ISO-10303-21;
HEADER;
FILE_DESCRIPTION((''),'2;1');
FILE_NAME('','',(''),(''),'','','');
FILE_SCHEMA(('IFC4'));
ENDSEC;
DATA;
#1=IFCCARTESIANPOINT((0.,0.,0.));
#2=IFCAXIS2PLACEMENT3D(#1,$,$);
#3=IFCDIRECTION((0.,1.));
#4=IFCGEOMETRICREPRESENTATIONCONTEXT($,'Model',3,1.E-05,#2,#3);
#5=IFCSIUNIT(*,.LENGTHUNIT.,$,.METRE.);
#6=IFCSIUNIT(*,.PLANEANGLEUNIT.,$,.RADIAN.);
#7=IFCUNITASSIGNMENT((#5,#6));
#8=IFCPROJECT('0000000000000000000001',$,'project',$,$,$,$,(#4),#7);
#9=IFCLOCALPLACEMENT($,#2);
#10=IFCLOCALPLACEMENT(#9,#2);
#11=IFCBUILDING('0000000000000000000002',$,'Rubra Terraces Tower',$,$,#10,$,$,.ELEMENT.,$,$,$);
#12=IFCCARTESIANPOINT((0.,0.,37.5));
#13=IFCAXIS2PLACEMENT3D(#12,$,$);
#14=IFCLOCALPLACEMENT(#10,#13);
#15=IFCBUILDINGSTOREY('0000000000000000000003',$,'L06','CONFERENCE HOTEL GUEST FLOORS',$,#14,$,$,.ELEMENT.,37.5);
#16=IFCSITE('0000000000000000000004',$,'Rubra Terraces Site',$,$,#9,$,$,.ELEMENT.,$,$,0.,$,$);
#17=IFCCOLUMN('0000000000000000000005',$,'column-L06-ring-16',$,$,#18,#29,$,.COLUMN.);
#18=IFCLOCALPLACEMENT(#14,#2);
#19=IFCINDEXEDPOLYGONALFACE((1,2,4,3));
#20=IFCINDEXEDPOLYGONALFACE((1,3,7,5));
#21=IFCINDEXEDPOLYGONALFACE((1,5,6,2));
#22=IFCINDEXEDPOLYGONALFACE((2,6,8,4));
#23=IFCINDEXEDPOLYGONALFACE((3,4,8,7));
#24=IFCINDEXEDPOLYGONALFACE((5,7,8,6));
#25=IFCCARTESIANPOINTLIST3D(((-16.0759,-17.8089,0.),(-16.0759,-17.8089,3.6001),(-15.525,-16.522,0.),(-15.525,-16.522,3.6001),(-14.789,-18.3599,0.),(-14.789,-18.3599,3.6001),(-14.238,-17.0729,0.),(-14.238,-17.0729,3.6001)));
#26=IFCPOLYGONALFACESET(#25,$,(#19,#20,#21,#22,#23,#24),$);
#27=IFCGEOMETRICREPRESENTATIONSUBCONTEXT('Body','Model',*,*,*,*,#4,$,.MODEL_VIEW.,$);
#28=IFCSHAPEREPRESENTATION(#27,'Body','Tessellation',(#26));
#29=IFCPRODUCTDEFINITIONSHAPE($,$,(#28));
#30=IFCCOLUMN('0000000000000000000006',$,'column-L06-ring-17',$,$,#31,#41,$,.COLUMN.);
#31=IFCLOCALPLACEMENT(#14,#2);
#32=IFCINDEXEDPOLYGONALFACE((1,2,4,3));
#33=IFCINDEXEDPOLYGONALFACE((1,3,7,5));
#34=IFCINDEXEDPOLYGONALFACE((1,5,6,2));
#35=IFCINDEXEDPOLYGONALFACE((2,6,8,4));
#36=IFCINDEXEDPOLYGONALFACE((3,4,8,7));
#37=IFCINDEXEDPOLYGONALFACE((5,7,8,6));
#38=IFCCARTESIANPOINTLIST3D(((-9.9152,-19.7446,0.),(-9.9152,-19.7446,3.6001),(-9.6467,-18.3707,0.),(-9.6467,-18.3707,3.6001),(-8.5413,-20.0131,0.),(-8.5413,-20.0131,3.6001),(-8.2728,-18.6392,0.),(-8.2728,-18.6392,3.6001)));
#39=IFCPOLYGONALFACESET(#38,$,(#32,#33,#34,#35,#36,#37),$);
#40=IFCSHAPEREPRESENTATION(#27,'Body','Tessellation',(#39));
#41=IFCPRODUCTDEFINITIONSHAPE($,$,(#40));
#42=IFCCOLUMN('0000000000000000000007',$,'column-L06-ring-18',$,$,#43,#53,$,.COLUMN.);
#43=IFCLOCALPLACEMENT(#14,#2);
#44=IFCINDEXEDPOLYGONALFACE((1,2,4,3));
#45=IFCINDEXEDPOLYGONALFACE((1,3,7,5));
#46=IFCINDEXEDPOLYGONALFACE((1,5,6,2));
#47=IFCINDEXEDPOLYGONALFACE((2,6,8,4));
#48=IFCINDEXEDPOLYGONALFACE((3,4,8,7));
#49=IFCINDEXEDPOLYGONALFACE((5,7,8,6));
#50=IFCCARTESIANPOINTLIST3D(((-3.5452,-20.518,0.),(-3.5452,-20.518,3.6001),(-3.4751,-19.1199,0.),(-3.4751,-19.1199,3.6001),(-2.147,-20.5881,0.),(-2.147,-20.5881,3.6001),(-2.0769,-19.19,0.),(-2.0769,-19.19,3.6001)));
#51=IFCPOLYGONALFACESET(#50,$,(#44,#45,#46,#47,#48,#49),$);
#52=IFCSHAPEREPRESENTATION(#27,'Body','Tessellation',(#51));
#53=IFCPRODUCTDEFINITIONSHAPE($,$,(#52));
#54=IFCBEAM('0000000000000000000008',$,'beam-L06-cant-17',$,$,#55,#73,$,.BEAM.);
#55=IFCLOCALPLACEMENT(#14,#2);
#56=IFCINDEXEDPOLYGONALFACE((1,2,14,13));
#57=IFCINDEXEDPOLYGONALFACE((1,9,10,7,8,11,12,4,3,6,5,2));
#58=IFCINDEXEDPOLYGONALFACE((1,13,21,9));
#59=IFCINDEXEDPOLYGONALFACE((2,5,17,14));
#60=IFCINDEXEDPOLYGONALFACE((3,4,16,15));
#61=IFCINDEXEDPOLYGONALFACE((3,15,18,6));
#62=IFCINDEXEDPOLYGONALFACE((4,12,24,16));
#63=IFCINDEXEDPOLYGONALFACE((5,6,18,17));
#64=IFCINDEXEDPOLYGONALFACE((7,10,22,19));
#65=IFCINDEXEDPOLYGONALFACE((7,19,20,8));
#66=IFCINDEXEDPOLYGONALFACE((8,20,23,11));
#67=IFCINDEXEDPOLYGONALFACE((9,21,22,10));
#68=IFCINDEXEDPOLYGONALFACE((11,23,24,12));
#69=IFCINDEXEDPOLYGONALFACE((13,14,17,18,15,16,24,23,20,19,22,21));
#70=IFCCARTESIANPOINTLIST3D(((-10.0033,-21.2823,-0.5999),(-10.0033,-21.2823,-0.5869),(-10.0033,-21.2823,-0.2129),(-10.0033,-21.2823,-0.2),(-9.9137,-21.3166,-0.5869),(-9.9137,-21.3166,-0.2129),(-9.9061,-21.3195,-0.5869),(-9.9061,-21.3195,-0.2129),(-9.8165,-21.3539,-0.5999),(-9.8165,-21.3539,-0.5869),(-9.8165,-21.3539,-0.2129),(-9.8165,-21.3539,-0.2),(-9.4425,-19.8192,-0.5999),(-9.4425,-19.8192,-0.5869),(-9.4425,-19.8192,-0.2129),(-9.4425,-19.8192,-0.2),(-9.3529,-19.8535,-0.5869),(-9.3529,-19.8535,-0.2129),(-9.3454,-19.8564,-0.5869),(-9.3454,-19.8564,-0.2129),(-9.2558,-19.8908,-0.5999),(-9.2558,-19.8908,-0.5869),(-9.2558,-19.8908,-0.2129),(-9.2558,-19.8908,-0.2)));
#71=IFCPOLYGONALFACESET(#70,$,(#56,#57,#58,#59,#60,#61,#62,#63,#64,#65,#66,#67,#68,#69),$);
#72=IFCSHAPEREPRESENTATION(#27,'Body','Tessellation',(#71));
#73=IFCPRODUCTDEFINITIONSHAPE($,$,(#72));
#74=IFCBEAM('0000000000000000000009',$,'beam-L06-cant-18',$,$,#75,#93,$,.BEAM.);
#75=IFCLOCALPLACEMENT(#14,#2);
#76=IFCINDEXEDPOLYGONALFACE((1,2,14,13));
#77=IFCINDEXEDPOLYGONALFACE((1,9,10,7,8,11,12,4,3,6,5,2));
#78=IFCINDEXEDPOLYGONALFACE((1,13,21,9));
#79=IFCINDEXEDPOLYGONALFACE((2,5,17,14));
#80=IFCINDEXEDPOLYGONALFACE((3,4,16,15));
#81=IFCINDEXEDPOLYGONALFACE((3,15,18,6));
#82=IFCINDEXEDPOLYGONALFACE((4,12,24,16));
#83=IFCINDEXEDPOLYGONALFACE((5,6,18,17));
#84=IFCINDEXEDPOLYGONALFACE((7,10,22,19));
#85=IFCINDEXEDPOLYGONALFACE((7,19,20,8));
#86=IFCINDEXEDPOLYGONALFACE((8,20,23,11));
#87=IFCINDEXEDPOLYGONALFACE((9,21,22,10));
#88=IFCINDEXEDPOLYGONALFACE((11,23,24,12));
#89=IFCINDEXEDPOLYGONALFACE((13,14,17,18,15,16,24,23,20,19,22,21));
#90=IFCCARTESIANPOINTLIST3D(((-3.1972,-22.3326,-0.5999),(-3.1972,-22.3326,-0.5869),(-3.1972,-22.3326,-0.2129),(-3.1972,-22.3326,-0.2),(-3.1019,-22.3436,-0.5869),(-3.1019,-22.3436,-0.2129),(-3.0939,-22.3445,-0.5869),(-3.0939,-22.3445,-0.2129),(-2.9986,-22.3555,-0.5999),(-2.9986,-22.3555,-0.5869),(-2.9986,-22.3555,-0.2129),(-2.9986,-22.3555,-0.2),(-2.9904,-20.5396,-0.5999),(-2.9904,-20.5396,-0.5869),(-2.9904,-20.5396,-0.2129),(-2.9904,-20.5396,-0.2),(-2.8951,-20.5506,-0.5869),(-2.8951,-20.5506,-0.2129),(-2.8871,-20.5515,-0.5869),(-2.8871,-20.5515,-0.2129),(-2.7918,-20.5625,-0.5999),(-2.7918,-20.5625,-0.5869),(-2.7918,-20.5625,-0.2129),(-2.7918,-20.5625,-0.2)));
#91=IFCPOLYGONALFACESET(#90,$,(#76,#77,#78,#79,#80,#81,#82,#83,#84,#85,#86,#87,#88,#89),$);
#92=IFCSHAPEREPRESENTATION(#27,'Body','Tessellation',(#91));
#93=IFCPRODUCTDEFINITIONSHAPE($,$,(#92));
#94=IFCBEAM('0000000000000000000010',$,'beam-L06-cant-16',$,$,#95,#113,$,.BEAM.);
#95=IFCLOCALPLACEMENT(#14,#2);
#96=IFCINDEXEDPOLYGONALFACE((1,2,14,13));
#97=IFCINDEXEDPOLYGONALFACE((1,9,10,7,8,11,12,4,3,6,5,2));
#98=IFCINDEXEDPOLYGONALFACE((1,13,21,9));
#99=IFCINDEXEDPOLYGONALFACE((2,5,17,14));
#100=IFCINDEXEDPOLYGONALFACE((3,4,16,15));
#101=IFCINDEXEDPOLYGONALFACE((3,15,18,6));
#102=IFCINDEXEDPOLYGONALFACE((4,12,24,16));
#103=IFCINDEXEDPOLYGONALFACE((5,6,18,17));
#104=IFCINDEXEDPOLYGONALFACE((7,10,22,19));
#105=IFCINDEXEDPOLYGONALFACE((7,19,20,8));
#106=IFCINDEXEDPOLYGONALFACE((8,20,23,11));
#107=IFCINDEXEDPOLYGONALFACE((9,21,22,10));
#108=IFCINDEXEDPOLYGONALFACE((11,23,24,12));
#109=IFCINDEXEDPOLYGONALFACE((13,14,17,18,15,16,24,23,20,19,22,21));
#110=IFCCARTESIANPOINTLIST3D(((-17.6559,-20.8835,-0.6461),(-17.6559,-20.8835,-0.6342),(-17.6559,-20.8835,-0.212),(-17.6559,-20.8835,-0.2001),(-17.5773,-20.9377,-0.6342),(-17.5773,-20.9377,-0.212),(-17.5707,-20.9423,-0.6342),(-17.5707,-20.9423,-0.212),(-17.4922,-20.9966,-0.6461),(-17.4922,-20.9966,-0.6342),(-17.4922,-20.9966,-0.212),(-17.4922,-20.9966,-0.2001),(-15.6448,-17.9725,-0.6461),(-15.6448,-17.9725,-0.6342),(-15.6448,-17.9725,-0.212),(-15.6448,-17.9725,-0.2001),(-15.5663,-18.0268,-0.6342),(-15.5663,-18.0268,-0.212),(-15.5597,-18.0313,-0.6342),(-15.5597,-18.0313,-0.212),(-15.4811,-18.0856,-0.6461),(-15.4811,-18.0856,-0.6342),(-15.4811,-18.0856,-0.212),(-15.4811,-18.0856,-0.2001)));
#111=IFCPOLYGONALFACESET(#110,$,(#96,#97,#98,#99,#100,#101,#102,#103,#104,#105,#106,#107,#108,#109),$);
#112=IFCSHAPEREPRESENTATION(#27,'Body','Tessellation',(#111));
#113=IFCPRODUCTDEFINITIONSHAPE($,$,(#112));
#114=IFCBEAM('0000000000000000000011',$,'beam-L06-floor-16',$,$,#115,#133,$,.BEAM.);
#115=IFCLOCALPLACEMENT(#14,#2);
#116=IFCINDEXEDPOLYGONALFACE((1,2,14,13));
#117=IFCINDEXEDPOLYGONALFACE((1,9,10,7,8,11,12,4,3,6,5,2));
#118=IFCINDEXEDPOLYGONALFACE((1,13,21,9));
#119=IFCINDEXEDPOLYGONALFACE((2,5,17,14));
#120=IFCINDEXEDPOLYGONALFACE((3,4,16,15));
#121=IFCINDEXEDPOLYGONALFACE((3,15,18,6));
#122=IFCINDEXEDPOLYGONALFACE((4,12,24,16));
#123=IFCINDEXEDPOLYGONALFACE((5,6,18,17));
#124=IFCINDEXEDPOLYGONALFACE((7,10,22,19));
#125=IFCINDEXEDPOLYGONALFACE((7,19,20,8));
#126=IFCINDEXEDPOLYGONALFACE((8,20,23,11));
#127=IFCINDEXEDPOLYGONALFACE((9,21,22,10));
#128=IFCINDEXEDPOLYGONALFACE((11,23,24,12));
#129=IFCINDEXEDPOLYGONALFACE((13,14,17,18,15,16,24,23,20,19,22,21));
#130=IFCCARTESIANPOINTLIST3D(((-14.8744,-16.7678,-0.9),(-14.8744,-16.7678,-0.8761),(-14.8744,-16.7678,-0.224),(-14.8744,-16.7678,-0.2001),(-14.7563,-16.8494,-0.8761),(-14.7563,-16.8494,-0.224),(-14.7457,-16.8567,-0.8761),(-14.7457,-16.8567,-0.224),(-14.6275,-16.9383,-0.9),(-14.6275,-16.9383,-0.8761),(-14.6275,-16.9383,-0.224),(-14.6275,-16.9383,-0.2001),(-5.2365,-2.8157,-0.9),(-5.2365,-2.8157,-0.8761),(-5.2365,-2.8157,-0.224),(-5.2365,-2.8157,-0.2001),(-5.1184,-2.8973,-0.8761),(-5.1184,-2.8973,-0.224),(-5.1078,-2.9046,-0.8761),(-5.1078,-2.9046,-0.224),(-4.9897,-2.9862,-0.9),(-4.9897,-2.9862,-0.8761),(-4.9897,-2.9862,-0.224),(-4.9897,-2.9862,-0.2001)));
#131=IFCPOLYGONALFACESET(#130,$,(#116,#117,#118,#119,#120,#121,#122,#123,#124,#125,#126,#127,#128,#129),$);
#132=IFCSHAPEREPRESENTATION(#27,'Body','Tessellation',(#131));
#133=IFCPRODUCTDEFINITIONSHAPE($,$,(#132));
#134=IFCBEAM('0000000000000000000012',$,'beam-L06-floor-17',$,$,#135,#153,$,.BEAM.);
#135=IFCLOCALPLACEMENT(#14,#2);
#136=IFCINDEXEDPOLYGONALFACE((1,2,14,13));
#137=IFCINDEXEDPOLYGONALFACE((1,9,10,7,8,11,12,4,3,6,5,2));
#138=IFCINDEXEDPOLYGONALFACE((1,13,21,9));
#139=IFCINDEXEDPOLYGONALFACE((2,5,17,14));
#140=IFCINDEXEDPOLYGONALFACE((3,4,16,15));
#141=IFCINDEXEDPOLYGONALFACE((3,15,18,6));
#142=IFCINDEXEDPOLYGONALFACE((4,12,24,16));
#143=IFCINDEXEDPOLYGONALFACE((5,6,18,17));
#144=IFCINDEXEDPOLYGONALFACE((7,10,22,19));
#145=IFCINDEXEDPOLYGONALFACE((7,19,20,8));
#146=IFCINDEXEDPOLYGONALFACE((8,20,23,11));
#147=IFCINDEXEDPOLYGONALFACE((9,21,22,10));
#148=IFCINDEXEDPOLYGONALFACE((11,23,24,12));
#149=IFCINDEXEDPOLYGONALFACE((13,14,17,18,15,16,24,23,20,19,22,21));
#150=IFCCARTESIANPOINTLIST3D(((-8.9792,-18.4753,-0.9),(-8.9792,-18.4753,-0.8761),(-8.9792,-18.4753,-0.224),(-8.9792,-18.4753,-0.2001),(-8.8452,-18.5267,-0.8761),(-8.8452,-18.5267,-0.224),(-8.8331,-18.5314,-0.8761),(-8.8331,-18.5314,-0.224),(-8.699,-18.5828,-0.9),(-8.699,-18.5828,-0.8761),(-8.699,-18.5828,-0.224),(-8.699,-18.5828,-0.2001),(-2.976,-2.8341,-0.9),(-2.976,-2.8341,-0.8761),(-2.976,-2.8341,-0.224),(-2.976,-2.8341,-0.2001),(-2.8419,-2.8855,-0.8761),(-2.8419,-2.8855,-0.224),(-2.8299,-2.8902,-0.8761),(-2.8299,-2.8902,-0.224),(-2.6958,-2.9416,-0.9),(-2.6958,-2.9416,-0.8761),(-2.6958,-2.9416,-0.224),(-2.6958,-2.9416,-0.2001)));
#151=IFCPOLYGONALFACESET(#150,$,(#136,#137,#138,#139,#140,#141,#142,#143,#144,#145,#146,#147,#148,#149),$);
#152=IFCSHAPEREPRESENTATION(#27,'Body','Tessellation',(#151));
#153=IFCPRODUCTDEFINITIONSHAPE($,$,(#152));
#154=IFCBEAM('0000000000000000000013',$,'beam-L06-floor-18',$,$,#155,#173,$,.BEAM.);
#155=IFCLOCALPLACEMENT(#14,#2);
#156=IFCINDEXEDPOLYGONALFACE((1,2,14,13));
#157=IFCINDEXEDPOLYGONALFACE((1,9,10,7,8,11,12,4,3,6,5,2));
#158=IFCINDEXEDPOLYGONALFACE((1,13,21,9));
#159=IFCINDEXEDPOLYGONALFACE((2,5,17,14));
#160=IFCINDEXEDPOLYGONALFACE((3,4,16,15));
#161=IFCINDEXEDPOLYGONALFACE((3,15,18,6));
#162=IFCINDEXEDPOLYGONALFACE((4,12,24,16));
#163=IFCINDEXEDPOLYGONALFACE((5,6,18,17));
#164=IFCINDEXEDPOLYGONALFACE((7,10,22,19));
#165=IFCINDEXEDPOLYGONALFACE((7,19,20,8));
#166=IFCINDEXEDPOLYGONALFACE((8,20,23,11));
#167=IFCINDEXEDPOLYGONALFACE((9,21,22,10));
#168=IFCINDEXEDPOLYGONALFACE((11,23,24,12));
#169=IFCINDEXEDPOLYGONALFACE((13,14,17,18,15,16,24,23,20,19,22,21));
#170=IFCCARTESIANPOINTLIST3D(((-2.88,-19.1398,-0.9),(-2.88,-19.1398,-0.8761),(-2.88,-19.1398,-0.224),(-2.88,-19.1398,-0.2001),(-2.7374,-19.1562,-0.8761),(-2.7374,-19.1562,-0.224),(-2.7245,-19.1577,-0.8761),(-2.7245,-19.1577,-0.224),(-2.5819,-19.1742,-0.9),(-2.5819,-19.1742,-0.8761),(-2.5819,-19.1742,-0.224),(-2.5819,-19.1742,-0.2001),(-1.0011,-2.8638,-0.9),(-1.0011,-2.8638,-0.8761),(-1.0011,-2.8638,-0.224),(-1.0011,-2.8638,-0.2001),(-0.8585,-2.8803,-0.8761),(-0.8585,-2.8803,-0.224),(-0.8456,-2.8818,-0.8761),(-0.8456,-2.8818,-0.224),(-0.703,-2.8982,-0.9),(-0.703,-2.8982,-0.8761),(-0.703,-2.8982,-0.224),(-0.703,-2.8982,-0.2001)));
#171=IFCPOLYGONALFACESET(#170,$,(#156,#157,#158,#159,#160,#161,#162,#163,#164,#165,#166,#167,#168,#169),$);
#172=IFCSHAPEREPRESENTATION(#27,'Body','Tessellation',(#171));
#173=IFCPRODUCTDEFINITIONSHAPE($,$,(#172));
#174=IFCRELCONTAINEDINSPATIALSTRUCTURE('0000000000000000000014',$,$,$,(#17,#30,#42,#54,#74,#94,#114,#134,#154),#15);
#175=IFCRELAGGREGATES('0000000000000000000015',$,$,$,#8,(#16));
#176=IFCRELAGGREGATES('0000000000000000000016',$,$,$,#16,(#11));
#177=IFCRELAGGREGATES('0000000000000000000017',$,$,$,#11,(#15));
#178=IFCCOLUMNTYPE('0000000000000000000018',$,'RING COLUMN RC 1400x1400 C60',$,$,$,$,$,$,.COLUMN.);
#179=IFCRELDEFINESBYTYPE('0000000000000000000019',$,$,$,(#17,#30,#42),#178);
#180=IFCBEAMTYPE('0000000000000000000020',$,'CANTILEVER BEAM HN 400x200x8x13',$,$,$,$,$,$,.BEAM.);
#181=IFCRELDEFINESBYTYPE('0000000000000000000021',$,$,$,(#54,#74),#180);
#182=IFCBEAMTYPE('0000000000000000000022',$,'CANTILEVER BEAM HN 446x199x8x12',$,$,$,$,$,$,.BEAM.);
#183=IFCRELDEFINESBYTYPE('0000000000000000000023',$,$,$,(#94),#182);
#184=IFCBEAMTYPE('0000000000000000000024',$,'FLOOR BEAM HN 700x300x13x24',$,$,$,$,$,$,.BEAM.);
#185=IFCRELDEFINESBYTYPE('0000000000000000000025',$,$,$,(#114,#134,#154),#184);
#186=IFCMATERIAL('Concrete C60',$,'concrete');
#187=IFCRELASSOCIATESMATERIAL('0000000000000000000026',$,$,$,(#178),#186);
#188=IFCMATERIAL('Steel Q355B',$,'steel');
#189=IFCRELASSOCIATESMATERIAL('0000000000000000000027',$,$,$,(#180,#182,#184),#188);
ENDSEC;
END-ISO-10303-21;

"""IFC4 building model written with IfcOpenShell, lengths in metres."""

from ifc_helpers import new_model, si_unit, direction, frame, origin, origin_2d, place, context, subcontext, project, spatial, rectangle, i_section, extrude, material, material_profile, profile_set, type_object, element, save


model = new_model("IFC4")

# Units and contexts
model_context = context("Model", 3, precision=1e-05, world=origin(), true_north=direction((0.0, 1.0)))
body_context = subcontext(model_context, "Body", "Model", "MODEL_VIEW")
ifc_project = project(units=[si_unit("LENGTHUNIT", "METRE"), si_unit("PLANEANGLEUNIT", "RADIAN")], contexts=[model_context])

# Site, building, storey
site_placement = place(None, origin())
site = spatial("IfcSite", under=ifc_project, at=site_placement, Name="Rubra Terraces Site", CompositionType="ELEMENT", RefElevation=0.0)
building_placement = place(site_placement, origin())
building = spatial("IfcBuilding", under=site, at=building_placement, Name="Rubra Terraces Tower", CompositionType="ELEMENT")
storey_placement = place(building_placement, frame((0.0, 0.0, 37.5)))
storey = spatial("IfcBuildingStorey", under=building, at=storey_placement, Name="L06", Description="CONFERENCE HOTEL GUEST FLOORS", CompositionType="ELEMENT", Elevation=37.5)

# Columns
ifc_material_1 = material(Name="Concrete C60", Category="concrete")
ifc_material_profile_1 = material_profile(ifc_material_1, rectangle(XDim=1.3999, YDim=1.3999, at=origin_2d()), Name="RC 1400x1400")
ifc_profile_set_1 = profile_set([ifc_material_profile_1], Name="Concrete C60")
column_type = type_object("IfcColumnType", Name="RING COLUMN RC 1400x1400 C60", PredefinedType="COLUMN", material=ifc_profile_set_1)
for number, where, z_axis, x_axis, name in (
    (1, (-15.157, -17.4409, 0.0), (0.0, 0.0, 1.0), (0.919294, -0.393572, 0.0), "column-L06-ring-16"),
    (2, (-9.094, -19.1919, 0.0), (0.0, 0.0, 1.0), (0.98143, -0.191819, 0.0), "column-L06-ring-17"),
    (3, (-2.811, -19.854, 0.0), (0.0, 0.0, 1.0), (0.998745, -0.050084, 0.0), "column-L06-ring-18"),
):
    element("IfcColumn", number, at=place(storey_placement, frame(where, z_axis=z_axis, x_axis=x_axis)), inside=storey, type_object=column_type, Name=name, PredefinedType="COLUMN", context=body_context, shape_type="SweptSolid", body=[
        extrude(rectangle(XDim=1.3999, YDim=1.3999, at=origin_2d()), origin(), (0.0, 0.0, 1.0), 3.6001),
    ])

# Beams
ifc_material_2 = material(Name="Steel Q355B", Category="steel")
ifc_material_profile_2 = material_profile(ifc_material_2, i_section(OverallWidth=0.2, OverallDepth=0.3999, WebThickness=0.0081, FlangeThickness=0.0129, at=origin_2d()), Name="HN 400x200x8x13")
ifc_profile_set_2 = profile_set([ifc_material_profile_2], Name="Steel Q355B")
beam_type_1 = type_object("IfcBeamType", Name="CANTILEVER BEAM HN 400x200x8x13", PredefinedType="BEAM", material=ifc_profile_set_2)
beam_1_placement = place(storey_placement, frame((-9.3491, -19.855, -0.3999), z_axis=(-0.357893, -0.933763, 0.0), x_axis=(0.933763, -0.357893, 0.0)))
element("IfcBeam", 4, at=beam_1_placement, inside=storey, type_object=beam_type_1, Name="beam-L06-cant-17", PredefinedType="BEAM", context=body_context, shape_type="SweptSolid", body=[
    extrude(i_section(OverallWidth=0.2, OverallDepth=0.3999, WebThickness=0.0081, FlangeThickness=0.0129, at=origin_2d()), origin(), (0.0, 0.0, 1.0), 1.5669),
])
beam_2_placement = place(storey_placement, frame((-2.8911, -20.551, -0.3999), z_axis=(-0.114573, -0.993415, 0.0), x_axis=(0.993415, -0.114573, 0.0)))
element("IfcBeam", 5, at=beam_2_placement, inside=storey, type_object=beam_type_1, Name="beam-L06-cant-18", PredefinedType="BEAM", context=body_context, shape_type="SweptSolid", body=[
    extrude(i_section(OverallWidth=0.2, OverallDepth=0.3999, WebThickness=0.0081, FlangeThickness=0.0129, at=origin_2d()), origin(), (0.0, 0.0, 1.0), 1.8049),
])
ifc_material_profile_3 = material_profile(ifc_material_2, i_section(OverallWidth=0.199, OverallDepth=0.446, WebThickness=0.0081, FlangeThickness=0.012, at=origin_2d()), Name="HN 446x199x8x12")
ifc_profile_set_3 = profile_set([ifc_material_profile_3], Name="Steel Q355B")
beam_type_2 = type_object("IfcBeamType", Name="CANTILEVER BEAM HN 446x199x8x12", PredefinedType="BEAM", material=ifc_profile_set_3)
beam_3_placement = place(storey_placement, frame((-15.563, -18.0291, -0.4231), z_axis=(-0.568399, -0.822753, 0.0), x_axis=(0.822753, -0.568399, 0.0)))
element("IfcBeam", 6, at=beam_3_placement, inside=storey, type_object=beam_type_2, Name="beam-L06-cant-16", PredefinedType="BEAM", context=body_context, shape_type="SweptSolid", body=[
    extrude(i_section(OverallWidth=0.199, OverallDepth=0.446, WebThickness=0.0081, FlangeThickness=0.012, at=origin_2d()), origin(), (0.0, 0.0, 1.0), 3.5381),
])
ifc_material_profile_4 = material_profile(ifc_material_2, i_section(OverallWidth=0.3, OverallDepth=0.7, WebThickness=0.0129, FlangeThickness=0.0239, at=origin_2d()), Name="HN 700x300x13x24")
ifc_profile_set_4 = profile_set([ifc_material_profile_4], Name="Steel Q355B")
beam_type_3 = type_object("IfcBeamType", Name="FLOOR BEAM HN 700x300x13x24", PredefinedType="BEAM", material=ifc_profile_set_4)
beam_4_placement = place(storey_placement, frame((-14.751, -16.853, -0.55), z_axis=(0.568363, 0.822778, 0.0), x_axis=(-0.822778, 0.568363, 0.0)))
element("IfcBeam", 7, at=beam_4_placement, inside=storey, type_object=beam_type_3, Name="beam-L06-floor-16", PredefinedType="BEAM", context=body_context, shape_type="SweptSolid", body=[
    extrude(i_section(OverallWidth=0.3, OverallDepth=0.7, WebThickness=0.0129, FlangeThickness=0.0239, at=origin_2d()), origin(), (0.0, 0.0, 1.0), 16.9573),
])
beam_5_placement = place(storey_placement, frame((-8.8391, -18.5291, -0.55), z_axis=(0.358322, 0.933598, 0.0), x_axis=(-0.933598, 0.358322, 0.0)))
element("IfcBeam", 8, at=beam_5_placement, inside=storey, type_object=beam_type_3, Name="beam-L06-floor-17", PredefinedType="BEAM", context=body_context, shape_type="SweptSolid", body=[
    extrude(i_section(OverallWidth=0.3, OverallDepth=0.7, WebThickness=0.0129, FlangeThickness=0.0239, at=origin_2d()), origin(), (0.0, 0.0, 1.0), 16.7537),
])
beam_6_placement = place(storey_placement, frame((-2.731, -19.157, -0.55), z_axis=(0.11468, 0.993403, 0.0), x_axis=(-0.993403, 0.11468, 0.0)))
element("IfcBeam", 9, at=beam_6_placement, inside=storey, type_object=beam_type_3, Name="beam-L06-floor-18", PredefinedType="BEAM", context=body_context, shape_type="SweptSolid", body=[
    extrude(i_section(OverallWidth=0.3, OverallDepth=0.7, WebThickness=0.0129, FlangeThickness=0.0239, at=origin_2d()), origin(), (0.0, 0.0, 1.0), 16.384),
])

save(model, "model.ifc")
